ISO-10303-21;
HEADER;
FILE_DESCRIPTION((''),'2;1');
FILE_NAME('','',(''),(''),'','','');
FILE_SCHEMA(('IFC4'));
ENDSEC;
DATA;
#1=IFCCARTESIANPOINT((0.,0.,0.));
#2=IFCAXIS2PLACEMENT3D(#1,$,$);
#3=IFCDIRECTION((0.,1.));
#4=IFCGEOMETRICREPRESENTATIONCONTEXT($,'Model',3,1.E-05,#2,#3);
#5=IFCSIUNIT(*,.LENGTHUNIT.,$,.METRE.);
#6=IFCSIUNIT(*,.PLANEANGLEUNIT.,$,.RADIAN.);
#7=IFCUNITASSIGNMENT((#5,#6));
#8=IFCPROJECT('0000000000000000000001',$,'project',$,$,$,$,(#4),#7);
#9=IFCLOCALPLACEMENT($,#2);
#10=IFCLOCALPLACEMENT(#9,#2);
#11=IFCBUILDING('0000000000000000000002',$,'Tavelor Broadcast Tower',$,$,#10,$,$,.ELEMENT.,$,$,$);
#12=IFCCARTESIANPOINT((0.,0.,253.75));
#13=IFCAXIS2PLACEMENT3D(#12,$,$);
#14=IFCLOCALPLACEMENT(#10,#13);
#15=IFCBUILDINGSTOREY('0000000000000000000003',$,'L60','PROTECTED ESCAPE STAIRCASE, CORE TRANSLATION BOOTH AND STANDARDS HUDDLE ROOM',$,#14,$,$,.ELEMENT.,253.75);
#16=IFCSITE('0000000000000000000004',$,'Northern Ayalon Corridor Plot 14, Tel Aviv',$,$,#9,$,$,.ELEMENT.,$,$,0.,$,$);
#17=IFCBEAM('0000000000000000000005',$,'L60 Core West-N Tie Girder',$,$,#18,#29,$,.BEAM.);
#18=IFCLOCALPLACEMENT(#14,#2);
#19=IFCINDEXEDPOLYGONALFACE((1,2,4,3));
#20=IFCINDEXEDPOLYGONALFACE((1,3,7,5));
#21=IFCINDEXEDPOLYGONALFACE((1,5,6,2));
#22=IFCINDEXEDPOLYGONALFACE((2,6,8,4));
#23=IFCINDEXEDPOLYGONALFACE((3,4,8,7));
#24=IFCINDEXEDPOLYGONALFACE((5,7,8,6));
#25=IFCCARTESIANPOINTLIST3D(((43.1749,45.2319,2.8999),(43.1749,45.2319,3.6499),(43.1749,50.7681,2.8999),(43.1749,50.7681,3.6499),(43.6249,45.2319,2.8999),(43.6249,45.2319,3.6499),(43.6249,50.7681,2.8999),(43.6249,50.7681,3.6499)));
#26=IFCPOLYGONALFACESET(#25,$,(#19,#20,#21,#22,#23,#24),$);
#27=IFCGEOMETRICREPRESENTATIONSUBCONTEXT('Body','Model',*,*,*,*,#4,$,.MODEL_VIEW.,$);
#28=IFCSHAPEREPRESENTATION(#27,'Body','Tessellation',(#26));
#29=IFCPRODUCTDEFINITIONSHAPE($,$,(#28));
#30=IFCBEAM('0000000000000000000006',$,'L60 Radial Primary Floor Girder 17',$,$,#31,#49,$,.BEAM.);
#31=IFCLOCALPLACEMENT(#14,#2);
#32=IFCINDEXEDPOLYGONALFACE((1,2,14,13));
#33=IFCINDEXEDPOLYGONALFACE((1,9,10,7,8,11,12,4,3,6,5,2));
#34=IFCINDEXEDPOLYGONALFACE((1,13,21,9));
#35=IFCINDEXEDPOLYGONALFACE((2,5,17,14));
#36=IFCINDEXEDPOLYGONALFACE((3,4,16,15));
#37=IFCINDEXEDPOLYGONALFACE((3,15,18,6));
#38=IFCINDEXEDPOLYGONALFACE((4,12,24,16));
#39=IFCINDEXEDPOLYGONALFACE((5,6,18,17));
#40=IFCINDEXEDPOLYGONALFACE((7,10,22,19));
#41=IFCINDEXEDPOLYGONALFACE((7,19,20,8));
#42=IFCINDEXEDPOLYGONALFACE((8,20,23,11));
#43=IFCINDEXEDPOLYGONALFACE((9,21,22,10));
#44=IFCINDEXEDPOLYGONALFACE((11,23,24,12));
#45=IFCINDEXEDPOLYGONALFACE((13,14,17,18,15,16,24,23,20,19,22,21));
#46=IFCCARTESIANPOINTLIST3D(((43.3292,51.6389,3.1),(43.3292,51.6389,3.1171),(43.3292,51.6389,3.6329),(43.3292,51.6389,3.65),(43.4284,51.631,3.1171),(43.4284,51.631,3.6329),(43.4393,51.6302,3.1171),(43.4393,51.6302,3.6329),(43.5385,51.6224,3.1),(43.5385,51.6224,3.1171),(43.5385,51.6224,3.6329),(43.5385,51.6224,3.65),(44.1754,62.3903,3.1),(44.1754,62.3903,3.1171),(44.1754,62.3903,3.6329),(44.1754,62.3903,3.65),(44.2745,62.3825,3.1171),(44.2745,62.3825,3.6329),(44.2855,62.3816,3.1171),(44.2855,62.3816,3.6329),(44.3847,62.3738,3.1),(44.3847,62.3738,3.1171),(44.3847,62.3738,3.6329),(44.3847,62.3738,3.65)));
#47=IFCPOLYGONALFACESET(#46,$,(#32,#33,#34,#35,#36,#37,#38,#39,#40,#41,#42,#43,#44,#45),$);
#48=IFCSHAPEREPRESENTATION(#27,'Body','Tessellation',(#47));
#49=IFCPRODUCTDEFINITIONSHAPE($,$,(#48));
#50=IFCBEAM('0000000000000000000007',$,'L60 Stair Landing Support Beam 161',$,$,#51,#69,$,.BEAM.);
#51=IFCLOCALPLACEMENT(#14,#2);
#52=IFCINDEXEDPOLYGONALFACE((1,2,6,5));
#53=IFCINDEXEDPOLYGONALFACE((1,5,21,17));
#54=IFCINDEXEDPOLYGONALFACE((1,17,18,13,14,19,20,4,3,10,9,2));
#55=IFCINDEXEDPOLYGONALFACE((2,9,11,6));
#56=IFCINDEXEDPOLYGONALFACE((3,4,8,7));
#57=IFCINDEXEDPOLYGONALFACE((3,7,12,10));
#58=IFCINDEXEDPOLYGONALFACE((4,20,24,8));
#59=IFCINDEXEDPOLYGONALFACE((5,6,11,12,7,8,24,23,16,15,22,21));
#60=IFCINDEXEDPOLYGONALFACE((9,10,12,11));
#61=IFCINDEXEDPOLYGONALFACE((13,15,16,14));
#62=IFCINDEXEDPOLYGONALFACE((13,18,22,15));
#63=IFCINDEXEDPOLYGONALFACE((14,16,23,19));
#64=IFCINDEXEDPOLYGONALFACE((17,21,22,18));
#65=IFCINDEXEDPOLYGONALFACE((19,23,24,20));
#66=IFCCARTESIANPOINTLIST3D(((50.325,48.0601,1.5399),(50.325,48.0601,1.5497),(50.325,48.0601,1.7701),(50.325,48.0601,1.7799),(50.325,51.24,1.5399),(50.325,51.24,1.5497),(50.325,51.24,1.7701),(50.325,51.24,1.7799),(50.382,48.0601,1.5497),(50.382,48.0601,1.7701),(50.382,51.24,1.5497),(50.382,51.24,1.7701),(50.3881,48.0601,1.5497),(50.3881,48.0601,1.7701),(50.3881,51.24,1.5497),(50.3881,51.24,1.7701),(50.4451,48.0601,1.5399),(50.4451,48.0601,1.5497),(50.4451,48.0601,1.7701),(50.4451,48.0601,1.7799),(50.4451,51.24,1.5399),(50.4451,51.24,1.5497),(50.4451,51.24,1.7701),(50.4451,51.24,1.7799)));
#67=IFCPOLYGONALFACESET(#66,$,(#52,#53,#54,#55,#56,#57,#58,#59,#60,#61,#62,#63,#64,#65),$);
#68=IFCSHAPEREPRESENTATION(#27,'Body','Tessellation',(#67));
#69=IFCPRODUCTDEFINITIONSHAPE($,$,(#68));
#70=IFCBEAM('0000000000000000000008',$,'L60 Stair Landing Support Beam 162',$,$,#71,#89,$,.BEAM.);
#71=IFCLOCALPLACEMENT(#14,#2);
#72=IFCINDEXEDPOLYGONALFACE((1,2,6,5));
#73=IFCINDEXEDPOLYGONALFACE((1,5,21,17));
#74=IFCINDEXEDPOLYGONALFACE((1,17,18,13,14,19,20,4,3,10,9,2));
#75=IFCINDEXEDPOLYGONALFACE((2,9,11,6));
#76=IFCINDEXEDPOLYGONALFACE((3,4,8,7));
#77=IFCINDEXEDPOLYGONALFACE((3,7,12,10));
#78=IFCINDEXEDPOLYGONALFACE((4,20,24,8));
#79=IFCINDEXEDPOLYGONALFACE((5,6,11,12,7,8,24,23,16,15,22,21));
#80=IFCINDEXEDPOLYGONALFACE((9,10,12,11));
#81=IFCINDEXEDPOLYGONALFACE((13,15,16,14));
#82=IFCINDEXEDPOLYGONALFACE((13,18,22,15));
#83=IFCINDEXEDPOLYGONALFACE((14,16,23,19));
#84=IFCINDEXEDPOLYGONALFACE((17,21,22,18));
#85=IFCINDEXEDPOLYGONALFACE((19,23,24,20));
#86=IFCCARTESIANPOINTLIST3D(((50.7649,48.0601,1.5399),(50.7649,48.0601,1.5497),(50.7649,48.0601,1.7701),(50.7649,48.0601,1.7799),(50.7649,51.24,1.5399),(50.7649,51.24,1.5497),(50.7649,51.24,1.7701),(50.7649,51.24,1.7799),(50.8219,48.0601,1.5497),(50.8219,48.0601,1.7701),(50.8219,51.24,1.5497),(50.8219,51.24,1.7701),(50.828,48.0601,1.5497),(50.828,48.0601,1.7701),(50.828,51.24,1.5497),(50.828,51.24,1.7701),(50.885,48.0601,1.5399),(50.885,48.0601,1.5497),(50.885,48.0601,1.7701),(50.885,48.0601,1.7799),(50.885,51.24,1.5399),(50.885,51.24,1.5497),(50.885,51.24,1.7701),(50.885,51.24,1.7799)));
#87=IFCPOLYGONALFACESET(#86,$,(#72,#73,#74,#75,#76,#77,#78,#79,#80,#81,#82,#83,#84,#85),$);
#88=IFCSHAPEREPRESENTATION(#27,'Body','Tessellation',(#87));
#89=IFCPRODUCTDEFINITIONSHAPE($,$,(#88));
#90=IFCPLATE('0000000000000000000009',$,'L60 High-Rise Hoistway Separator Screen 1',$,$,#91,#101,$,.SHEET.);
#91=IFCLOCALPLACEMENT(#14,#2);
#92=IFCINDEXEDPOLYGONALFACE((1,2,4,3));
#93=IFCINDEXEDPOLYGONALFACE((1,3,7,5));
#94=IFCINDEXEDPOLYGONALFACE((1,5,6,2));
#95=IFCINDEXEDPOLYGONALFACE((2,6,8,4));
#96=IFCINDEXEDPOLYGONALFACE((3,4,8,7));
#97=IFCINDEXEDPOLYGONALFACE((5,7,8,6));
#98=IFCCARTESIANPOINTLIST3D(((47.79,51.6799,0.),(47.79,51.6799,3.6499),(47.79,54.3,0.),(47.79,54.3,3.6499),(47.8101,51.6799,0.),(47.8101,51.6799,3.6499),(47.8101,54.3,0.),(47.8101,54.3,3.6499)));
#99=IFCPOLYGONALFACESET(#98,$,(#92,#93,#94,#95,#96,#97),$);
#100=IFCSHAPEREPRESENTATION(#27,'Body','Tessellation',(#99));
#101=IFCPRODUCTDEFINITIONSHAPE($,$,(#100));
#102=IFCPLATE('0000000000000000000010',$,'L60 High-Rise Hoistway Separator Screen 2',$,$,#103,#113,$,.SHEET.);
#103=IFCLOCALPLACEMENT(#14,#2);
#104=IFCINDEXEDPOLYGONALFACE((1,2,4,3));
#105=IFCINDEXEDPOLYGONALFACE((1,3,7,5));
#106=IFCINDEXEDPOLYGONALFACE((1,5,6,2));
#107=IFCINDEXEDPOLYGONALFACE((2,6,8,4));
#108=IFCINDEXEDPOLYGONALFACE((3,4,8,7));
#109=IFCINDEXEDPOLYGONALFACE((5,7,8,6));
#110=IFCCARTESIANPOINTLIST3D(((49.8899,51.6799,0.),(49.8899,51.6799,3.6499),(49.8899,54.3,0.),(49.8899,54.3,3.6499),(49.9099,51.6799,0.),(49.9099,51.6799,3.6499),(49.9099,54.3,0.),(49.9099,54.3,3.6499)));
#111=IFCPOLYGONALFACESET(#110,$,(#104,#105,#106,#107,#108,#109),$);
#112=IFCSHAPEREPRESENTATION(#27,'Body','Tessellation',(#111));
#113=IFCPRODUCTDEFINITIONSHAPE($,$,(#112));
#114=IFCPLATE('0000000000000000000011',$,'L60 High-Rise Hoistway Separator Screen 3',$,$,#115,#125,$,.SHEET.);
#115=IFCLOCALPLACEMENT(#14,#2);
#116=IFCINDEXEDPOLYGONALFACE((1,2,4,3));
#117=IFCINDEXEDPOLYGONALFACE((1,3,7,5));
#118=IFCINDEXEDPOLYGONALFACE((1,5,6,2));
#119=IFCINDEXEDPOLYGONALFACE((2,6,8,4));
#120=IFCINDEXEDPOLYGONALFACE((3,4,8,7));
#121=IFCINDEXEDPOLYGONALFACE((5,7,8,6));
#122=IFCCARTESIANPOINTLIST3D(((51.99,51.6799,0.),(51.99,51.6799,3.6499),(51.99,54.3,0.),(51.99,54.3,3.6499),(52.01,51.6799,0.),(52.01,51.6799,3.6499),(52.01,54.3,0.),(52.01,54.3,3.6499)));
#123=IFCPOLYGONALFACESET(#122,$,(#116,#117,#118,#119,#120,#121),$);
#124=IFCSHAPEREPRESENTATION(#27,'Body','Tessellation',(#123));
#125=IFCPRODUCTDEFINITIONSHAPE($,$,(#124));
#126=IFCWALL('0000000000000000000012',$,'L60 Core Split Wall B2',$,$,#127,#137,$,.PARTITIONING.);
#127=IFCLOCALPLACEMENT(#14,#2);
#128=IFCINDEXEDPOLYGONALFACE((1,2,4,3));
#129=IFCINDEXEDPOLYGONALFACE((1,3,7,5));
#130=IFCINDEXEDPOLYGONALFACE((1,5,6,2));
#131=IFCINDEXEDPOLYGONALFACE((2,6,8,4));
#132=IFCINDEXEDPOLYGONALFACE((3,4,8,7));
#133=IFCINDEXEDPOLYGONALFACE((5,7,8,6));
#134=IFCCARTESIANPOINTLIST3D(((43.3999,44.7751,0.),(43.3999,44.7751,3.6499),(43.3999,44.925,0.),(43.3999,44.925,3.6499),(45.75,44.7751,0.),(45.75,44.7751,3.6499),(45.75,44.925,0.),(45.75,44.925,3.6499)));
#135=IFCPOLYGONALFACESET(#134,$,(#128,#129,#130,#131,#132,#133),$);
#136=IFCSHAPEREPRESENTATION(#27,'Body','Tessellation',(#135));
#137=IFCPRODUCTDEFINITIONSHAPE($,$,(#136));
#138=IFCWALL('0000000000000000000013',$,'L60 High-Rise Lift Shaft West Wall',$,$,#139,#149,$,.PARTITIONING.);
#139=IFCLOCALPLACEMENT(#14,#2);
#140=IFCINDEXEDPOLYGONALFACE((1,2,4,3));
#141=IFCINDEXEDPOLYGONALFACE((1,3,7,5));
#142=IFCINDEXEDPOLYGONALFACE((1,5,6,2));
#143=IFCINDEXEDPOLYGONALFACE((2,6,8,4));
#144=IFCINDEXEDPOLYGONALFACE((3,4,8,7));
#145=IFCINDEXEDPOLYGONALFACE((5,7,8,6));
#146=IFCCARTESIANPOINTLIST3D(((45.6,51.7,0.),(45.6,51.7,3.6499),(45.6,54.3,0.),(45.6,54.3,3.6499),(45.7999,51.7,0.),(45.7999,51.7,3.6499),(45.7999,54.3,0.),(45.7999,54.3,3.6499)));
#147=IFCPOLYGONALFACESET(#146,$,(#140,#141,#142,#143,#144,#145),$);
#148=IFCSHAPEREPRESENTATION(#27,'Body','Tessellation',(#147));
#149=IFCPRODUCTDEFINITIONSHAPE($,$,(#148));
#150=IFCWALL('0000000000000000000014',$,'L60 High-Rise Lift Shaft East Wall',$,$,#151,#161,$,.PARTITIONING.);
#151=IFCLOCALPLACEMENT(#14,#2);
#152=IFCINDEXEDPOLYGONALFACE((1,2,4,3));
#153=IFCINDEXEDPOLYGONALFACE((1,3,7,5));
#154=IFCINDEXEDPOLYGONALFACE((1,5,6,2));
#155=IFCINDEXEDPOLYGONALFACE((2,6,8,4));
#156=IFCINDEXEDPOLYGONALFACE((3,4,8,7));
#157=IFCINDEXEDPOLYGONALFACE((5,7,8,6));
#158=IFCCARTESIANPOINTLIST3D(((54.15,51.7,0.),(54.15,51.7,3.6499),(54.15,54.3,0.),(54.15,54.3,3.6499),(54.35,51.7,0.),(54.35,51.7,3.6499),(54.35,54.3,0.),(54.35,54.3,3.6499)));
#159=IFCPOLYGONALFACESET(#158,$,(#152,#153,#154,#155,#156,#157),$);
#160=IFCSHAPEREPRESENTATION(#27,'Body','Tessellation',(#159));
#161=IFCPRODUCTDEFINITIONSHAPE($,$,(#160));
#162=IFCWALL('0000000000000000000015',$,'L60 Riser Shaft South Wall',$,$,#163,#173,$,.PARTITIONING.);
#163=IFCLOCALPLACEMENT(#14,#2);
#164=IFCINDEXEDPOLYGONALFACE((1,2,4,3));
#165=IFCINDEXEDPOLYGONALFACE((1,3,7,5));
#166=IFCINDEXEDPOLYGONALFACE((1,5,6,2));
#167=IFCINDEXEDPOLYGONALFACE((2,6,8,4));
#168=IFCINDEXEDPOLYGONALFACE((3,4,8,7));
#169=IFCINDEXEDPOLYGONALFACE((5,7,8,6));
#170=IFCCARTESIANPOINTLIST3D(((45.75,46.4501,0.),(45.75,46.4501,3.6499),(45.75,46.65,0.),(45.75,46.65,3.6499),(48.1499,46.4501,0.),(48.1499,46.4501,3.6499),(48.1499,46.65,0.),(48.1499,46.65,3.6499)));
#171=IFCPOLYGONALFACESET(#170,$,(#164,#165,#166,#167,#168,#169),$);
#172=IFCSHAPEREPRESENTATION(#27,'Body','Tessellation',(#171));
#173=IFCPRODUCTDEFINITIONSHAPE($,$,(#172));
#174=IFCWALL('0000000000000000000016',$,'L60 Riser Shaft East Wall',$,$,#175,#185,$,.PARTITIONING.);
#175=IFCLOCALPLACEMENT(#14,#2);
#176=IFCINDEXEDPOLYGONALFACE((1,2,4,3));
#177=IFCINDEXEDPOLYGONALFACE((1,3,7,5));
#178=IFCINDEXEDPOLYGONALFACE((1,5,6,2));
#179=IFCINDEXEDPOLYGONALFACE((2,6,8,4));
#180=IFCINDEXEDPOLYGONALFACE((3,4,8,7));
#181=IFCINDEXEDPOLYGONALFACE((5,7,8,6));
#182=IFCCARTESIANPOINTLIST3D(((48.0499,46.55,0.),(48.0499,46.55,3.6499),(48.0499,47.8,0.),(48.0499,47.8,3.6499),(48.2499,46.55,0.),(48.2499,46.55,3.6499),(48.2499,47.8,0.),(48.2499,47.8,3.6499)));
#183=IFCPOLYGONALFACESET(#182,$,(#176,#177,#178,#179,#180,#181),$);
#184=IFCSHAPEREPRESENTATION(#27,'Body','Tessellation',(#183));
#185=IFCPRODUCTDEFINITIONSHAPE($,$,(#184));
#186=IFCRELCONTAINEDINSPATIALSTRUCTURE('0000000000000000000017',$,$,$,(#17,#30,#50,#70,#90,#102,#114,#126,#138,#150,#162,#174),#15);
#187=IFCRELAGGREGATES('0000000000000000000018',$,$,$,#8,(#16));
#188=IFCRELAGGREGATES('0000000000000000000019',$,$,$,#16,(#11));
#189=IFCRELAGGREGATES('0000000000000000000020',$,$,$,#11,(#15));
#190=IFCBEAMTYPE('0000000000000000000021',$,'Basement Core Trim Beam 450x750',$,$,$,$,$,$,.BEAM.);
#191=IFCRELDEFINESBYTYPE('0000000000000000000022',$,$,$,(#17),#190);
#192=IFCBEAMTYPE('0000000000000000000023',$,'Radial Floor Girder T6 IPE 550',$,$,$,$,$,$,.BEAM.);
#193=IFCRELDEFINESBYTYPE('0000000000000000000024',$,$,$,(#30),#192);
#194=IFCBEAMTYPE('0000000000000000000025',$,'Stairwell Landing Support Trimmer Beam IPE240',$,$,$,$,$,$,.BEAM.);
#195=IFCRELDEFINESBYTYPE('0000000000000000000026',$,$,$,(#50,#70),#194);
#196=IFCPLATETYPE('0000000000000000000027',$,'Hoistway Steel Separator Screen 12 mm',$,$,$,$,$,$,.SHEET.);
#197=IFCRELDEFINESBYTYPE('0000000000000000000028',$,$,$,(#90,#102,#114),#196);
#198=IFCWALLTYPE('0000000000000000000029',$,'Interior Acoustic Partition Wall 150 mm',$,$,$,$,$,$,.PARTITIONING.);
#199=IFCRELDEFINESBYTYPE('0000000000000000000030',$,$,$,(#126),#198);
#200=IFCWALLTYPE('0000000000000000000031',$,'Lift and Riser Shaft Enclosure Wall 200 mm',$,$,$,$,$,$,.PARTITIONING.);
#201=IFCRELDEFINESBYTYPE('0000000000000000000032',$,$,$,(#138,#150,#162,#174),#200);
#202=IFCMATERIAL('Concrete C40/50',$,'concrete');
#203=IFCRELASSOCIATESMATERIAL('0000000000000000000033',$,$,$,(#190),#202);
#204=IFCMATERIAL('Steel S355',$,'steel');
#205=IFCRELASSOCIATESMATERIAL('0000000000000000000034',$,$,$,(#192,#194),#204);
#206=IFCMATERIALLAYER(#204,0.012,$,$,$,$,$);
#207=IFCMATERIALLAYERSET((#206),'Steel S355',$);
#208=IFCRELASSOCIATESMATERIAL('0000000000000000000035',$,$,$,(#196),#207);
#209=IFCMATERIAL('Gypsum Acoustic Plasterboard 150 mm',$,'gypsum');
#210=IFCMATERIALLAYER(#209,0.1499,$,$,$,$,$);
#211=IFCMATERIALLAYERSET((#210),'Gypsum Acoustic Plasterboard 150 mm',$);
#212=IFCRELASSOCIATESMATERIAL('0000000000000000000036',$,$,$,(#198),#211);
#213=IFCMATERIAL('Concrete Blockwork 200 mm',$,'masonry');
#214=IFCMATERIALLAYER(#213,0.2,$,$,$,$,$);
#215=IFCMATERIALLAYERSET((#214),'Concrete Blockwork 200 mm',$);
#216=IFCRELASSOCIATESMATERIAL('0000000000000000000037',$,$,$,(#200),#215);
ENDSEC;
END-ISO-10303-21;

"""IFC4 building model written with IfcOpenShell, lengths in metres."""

from ifc_helpers import new_model, si_unit, direction, frame, frame_2d, origin, origin_2d, place, context, subcontext, project, spatial, rectangle, i_section, extrude, source, transform, mapped, material, layer, layer_set, material_profile, profile_set, type_object, type_shapes, element, save


model = new_model("IFC4")

# Units and contexts
model_context = context("Model", 3, precision=1e-05, world=origin(), true_north=direction((0.0, 1.0)))
body_context = subcontext(model_context, "Body", "Model", "MODEL_VIEW")
ifc_project = project(units=[si_unit("LENGTHUNIT", "METRE"), si_unit("PLANEANGLEUNIT", "RADIAN")], contexts=[model_context])

# Site, building, storey
site_placement = place(None, origin())
site = spatial("IfcSite", under=ifc_project, at=site_placement, Name="Northern Ayalon Corridor Plot 14, Tel Aviv", CompositionType="ELEMENT", RefElevation=0.0)
building_placement = place(site_placement, origin())
building = spatial("IfcBuilding", under=site, at=building_placement, Name="Tavelor Broadcast Tower", CompositionType="ELEMENT")
storey_placement = place(building_placement, frame((0.0, 0.0, 253.75)))
storey = spatial("IfcBuildingStorey", under=building, at=storey_placement, Name="L60", Description="PROTECTED ESCAPE STAIRCASE, CORE TRANSLATION BOOTH AND STANDARDS HUDDLE ROOM", CompositionType="ELEMENT", Elevation=253.75)

# Beams
ifc_material_1 = material(Name="Concrete C40/50", Category="concrete")
ifc_material_profile_1 = material_profile(ifc_material_1, rectangle(XDim=0.45, YDim=0.75, at=origin_2d()), Name="RC 450x750")
ifc_profile_set_1 = profile_set([ifc_material_profile_1], Name="Concrete C40/50")
beam_type_1 = type_object("IfcBeamType", Name="Basement Core Trim Beam 450x750", PredefinedType="BEAM", material=ifc_profile_set_1)
beam_1_placement = place(storey_placement, frame((43.3999, 45.2319, 3.2749), z_axis=(0.0, 1.0, 0.0), x_axis=(-1.0, 0.0, 0.0)))
element("IfcBeam", 1, at=beam_1_placement, inside=storey, type_object=beam_type_1, Name="L60 Core West-N Tie Girder", PredefinedType="BEAM", context=body_context, shape_type="SweptSolid", body=[
    extrude(rectangle(XDim=0.45, YDim=0.75, at=origin_2d()), origin(), (0.0, 0.0, 1.0), 5.5361),
])
ifc_material_2 = material(Name="Steel S355", Category="steel")
ifc_material_profile_2 = material_profile(ifc_material_2, i_section(OverallWidth=0.21, OverallDepth=0.55, WebThickness=0.011, FlangeThickness=0.0171, at=origin_2d()), Name="IPE 550")
ifc_profile_set_2 = profile_set([ifc_material_profile_2], Name="Steel S355")
beam_type_2 = type_object("IfcBeamType", Name="Radial Floor Girder T6 IPE 550", PredefinedType="BEAM", material=ifc_profile_set_2)
beam_2_placement = place(storey_placement, frame((43.4338, 51.6306, 3.375), z_axis=(0.078462, 0.996917, 0.0), x_axis=(-0.996917, 0.078462, 0.0)))
element("IfcBeam", 2, at=beam_2_placement, inside=storey, type_object=beam_type_2, Name="L60 Radial Primary Floor Girder 17", PredefinedType="BEAM", context=body_context, shape_type="SweptSolid", body=[
    extrude(i_section(OverallWidth=0.21, OverallDepth=0.55, WebThickness=0.011, FlangeThickness=0.0171, at=origin_2d()), origin(), (0.0, 0.0, 1.0), 10.7847),
])
ifc_material_profile_3 = material_profile(ifc_material_2, i_section(OverallWidth=0.1201, OverallDepth=0.24, WebThickness=0.0061, FlangeThickness=0.0098, at=origin_2d()), Name="IPE 240")
ifc_profile_set_3 = profile_set([ifc_material_profile_3], Name="Steel S355")
beam_type_3 = type_object("IfcBeamType", Name="Stairwell Landing Support Trimmer Beam IPE240", PredefinedType="BEAM", material=ifc_profile_set_3)
for number, where, z_axis, x_axis, name in (
    (3, (50.385, 48.0601, 1.6599), (0.0, 1.0, 0.0), (-1.0, 0.0, 0.0), "L60 Stair Landing Support Beam 161"),
    (4, (50.825, 48.0601, 1.6599), (0.0, 1.0, 0.0), (-1.0, 0.0, 0.0), "L60 Stair Landing Support Beam 162"),
):
    element("IfcBeam", number, at=place(storey_placement, frame(where, z_axis=z_axis, x_axis=x_axis)), inside=storey, type_object=beam_type_3, Name=name, PredefinedType="BEAM", context=body_context, shape_type="SweptSolid", body=[
        extrude(i_section(OverallWidth=0.1201, OverallDepth=0.24, WebThickness=0.0061, FlangeThickness=0.0098, at=origin_2d()), origin(), (0.0, 0.0, 1.0), 3.1799),
    ])

# Plates
ifc_layer_1 = layer(ifc_material_2, 0.012)
ifc_layer_set_1 = layer_set([ifc_layer_1], Name="Steel S355")
plate_type = type_object("IfcPlateType", Name="Hoistway Steel Separator Screen 12 mm", PredefinedType="SHEET", material=ifc_layer_set_1)
shared_shape = source(origin(), body_context, "Body", "SweptSolid", [
    extrude(rectangle(XDim=0.02, YDim=2.6201, at=origin_2d()), origin(), (0.0, 0.0, 1.0), 3.6499),
])
type_shapes(plate_type, [shared_shape])
for number, where, z_axis, x_axis, name in (
    (5, (47.8, 52.99, 0.0), (0.0, 0.0, 1.0), (1.0, 0.0, 0.0), "L60 High-Rise Hoistway Separator Screen 1"),
    (6, (49.8999, 52.99, 0.0), (0.0, 0.0, 1.0), (1.0, 0.0, 0.0), "L60 High-Rise Hoistway Separator Screen 2"),
    (7, (52.0, 52.99, 0.0), (0.0, 0.0, 1.0), (1.0, 0.0, 0.0), "L60 High-Rise Hoistway Separator Screen 3"),
):
    element("IfcPlate", number, at=place(storey_placement, frame(where, z_axis=z_axis, x_axis=x_axis)), inside=storey, type_object=plate_type, Name=name, PredefinedType="SHEET", context=body_context, shape_type="MappedRepresentation", body=[
        mapped(shared_shape, transform((0.0, 0.0, 0.0), scale=1.0)),
    ])

# Walls
ifc_material_3 = material(Name="Gypsum Acoustic Plasterboard 150 mm", Category="gypsum")
ifc_layer_2 = layer(ifc_material_3, 0.1499)
ifc_layer_set_2 = layer_set([ifc_layer_2], Name="Gypsum Acoustic Plasterboard 150 mm")
wall_type_1 = type_object("IfcWallType", Name="Interior Acoustic Partition Wall 150 mm", PredefinedType="PARTITIONING", material=ifc_layer_set_2)
wall_1_placement = place(storey_placement, frame((43.3999, 44.8501, 0.0), z_axis=(0.0, 0.0, 1.0), x_axis=(1.0, 0.0, 0.0)))
element("IfcWall", 8, at=wall_1_placement, inside=storey, type_object=wall_type_1, Name="L60 Core Split Wall B2", PredefinedType="PARTITIONING", context=body_context, shape_type="SweptSolid", body=[
    extrude(rectangle(XDim=2.3501, YDim=0.1499, at=frame_2d((1.175, 0.0))), origin(), (0.0, 0.0, 1.0), 3.6499),
])
ifc_material_4 = material(Name="Concrete Blockwork 200 mm", Category="masonry")
ifc_layer_3 = layer(ifc_material_4, 0.2)
ifc_layer_set_3 = layer_set([ifc_layer_3], Name="Concrete Blockwork 200 mm")
wall_type_2 = type_object("IfcWallType", Name="Lift and Riser Shaft Enclosure Wall 200 mm", PredefinedType="PARTITIONING", material=ifc_layer_set_3)
for number, where, z_axis, x_axis, name in (
    (9, (45.7, 51.7, 0.0), (0.0, 0.0, 1.0), (0.0, 1.0, 0.0), "L60 High-Rise Lift Shaft West Wall"),
    (10, (54.25, 51.7, 0.0), (0.0, 0.0, 1.0), (0.0, 1.0, 0.0), "L60 High-Rise Lift Shaft East Wall"),
):
    element("IfcWall", number, at=place(storey_placement, frame(where, z_axis=z_axis, x_axis=x_axis)), inside=storey, type_object=wall_type_2, Name=name, PredefinedType="PARTITIONING", context=body_context, shape_type="SweptSolid", body=[
        extrude(rectangle(XDim=2.6001, YDim=0.2, at=frame_2d((1.3, 0.0))), origin(), (0.0, 0.0, 1.0), 3.6499),
    ])
wall_2_placement = place(storey_placement, frame((45.75, 46.55, 0.0), z_axis=(0.0, 0.0, 1.0), x_axis=(1.0, 0.0, 0.0)))
element("IfcWall", 11, at=wall_2_placement, inside=storey, type_object=wall_type_2, Name="L60 Riser Shaft South Wall", PredefinedType="PARTITIONING", context=body_context, shape_type="SweptSolid", body=[
    extrude(rectangle(XDim=2.3999, YDim=0.2, at=frame_2d((1.2, 0.0))), origin(), (0.0, 0.0, 1.0), 3.6499),
])
wall_3_placement = place(storey_placement, frame((48.1499, 46.55, 0.0), z_axis=(0.0, 0.0, 1.0), x_axis=(0.0, 1.0, 0.0)))
element("IfcWall", 12, at=wall_3_placement, inside=storey, type_object=wall_type_2, Name="L60 Riser Shaft East Wall", PredefinedType="PARTITIONING", context=body_context, shape_type="SweptSolid", body=[
    extrude(rectangle(XDim=1.25, YDim=0.2, at=frame_2d((0.625, 0.0))), origin(), (0.0, 0.0, 1.0), 3.6499),
])

save(model, "model.ifc")
